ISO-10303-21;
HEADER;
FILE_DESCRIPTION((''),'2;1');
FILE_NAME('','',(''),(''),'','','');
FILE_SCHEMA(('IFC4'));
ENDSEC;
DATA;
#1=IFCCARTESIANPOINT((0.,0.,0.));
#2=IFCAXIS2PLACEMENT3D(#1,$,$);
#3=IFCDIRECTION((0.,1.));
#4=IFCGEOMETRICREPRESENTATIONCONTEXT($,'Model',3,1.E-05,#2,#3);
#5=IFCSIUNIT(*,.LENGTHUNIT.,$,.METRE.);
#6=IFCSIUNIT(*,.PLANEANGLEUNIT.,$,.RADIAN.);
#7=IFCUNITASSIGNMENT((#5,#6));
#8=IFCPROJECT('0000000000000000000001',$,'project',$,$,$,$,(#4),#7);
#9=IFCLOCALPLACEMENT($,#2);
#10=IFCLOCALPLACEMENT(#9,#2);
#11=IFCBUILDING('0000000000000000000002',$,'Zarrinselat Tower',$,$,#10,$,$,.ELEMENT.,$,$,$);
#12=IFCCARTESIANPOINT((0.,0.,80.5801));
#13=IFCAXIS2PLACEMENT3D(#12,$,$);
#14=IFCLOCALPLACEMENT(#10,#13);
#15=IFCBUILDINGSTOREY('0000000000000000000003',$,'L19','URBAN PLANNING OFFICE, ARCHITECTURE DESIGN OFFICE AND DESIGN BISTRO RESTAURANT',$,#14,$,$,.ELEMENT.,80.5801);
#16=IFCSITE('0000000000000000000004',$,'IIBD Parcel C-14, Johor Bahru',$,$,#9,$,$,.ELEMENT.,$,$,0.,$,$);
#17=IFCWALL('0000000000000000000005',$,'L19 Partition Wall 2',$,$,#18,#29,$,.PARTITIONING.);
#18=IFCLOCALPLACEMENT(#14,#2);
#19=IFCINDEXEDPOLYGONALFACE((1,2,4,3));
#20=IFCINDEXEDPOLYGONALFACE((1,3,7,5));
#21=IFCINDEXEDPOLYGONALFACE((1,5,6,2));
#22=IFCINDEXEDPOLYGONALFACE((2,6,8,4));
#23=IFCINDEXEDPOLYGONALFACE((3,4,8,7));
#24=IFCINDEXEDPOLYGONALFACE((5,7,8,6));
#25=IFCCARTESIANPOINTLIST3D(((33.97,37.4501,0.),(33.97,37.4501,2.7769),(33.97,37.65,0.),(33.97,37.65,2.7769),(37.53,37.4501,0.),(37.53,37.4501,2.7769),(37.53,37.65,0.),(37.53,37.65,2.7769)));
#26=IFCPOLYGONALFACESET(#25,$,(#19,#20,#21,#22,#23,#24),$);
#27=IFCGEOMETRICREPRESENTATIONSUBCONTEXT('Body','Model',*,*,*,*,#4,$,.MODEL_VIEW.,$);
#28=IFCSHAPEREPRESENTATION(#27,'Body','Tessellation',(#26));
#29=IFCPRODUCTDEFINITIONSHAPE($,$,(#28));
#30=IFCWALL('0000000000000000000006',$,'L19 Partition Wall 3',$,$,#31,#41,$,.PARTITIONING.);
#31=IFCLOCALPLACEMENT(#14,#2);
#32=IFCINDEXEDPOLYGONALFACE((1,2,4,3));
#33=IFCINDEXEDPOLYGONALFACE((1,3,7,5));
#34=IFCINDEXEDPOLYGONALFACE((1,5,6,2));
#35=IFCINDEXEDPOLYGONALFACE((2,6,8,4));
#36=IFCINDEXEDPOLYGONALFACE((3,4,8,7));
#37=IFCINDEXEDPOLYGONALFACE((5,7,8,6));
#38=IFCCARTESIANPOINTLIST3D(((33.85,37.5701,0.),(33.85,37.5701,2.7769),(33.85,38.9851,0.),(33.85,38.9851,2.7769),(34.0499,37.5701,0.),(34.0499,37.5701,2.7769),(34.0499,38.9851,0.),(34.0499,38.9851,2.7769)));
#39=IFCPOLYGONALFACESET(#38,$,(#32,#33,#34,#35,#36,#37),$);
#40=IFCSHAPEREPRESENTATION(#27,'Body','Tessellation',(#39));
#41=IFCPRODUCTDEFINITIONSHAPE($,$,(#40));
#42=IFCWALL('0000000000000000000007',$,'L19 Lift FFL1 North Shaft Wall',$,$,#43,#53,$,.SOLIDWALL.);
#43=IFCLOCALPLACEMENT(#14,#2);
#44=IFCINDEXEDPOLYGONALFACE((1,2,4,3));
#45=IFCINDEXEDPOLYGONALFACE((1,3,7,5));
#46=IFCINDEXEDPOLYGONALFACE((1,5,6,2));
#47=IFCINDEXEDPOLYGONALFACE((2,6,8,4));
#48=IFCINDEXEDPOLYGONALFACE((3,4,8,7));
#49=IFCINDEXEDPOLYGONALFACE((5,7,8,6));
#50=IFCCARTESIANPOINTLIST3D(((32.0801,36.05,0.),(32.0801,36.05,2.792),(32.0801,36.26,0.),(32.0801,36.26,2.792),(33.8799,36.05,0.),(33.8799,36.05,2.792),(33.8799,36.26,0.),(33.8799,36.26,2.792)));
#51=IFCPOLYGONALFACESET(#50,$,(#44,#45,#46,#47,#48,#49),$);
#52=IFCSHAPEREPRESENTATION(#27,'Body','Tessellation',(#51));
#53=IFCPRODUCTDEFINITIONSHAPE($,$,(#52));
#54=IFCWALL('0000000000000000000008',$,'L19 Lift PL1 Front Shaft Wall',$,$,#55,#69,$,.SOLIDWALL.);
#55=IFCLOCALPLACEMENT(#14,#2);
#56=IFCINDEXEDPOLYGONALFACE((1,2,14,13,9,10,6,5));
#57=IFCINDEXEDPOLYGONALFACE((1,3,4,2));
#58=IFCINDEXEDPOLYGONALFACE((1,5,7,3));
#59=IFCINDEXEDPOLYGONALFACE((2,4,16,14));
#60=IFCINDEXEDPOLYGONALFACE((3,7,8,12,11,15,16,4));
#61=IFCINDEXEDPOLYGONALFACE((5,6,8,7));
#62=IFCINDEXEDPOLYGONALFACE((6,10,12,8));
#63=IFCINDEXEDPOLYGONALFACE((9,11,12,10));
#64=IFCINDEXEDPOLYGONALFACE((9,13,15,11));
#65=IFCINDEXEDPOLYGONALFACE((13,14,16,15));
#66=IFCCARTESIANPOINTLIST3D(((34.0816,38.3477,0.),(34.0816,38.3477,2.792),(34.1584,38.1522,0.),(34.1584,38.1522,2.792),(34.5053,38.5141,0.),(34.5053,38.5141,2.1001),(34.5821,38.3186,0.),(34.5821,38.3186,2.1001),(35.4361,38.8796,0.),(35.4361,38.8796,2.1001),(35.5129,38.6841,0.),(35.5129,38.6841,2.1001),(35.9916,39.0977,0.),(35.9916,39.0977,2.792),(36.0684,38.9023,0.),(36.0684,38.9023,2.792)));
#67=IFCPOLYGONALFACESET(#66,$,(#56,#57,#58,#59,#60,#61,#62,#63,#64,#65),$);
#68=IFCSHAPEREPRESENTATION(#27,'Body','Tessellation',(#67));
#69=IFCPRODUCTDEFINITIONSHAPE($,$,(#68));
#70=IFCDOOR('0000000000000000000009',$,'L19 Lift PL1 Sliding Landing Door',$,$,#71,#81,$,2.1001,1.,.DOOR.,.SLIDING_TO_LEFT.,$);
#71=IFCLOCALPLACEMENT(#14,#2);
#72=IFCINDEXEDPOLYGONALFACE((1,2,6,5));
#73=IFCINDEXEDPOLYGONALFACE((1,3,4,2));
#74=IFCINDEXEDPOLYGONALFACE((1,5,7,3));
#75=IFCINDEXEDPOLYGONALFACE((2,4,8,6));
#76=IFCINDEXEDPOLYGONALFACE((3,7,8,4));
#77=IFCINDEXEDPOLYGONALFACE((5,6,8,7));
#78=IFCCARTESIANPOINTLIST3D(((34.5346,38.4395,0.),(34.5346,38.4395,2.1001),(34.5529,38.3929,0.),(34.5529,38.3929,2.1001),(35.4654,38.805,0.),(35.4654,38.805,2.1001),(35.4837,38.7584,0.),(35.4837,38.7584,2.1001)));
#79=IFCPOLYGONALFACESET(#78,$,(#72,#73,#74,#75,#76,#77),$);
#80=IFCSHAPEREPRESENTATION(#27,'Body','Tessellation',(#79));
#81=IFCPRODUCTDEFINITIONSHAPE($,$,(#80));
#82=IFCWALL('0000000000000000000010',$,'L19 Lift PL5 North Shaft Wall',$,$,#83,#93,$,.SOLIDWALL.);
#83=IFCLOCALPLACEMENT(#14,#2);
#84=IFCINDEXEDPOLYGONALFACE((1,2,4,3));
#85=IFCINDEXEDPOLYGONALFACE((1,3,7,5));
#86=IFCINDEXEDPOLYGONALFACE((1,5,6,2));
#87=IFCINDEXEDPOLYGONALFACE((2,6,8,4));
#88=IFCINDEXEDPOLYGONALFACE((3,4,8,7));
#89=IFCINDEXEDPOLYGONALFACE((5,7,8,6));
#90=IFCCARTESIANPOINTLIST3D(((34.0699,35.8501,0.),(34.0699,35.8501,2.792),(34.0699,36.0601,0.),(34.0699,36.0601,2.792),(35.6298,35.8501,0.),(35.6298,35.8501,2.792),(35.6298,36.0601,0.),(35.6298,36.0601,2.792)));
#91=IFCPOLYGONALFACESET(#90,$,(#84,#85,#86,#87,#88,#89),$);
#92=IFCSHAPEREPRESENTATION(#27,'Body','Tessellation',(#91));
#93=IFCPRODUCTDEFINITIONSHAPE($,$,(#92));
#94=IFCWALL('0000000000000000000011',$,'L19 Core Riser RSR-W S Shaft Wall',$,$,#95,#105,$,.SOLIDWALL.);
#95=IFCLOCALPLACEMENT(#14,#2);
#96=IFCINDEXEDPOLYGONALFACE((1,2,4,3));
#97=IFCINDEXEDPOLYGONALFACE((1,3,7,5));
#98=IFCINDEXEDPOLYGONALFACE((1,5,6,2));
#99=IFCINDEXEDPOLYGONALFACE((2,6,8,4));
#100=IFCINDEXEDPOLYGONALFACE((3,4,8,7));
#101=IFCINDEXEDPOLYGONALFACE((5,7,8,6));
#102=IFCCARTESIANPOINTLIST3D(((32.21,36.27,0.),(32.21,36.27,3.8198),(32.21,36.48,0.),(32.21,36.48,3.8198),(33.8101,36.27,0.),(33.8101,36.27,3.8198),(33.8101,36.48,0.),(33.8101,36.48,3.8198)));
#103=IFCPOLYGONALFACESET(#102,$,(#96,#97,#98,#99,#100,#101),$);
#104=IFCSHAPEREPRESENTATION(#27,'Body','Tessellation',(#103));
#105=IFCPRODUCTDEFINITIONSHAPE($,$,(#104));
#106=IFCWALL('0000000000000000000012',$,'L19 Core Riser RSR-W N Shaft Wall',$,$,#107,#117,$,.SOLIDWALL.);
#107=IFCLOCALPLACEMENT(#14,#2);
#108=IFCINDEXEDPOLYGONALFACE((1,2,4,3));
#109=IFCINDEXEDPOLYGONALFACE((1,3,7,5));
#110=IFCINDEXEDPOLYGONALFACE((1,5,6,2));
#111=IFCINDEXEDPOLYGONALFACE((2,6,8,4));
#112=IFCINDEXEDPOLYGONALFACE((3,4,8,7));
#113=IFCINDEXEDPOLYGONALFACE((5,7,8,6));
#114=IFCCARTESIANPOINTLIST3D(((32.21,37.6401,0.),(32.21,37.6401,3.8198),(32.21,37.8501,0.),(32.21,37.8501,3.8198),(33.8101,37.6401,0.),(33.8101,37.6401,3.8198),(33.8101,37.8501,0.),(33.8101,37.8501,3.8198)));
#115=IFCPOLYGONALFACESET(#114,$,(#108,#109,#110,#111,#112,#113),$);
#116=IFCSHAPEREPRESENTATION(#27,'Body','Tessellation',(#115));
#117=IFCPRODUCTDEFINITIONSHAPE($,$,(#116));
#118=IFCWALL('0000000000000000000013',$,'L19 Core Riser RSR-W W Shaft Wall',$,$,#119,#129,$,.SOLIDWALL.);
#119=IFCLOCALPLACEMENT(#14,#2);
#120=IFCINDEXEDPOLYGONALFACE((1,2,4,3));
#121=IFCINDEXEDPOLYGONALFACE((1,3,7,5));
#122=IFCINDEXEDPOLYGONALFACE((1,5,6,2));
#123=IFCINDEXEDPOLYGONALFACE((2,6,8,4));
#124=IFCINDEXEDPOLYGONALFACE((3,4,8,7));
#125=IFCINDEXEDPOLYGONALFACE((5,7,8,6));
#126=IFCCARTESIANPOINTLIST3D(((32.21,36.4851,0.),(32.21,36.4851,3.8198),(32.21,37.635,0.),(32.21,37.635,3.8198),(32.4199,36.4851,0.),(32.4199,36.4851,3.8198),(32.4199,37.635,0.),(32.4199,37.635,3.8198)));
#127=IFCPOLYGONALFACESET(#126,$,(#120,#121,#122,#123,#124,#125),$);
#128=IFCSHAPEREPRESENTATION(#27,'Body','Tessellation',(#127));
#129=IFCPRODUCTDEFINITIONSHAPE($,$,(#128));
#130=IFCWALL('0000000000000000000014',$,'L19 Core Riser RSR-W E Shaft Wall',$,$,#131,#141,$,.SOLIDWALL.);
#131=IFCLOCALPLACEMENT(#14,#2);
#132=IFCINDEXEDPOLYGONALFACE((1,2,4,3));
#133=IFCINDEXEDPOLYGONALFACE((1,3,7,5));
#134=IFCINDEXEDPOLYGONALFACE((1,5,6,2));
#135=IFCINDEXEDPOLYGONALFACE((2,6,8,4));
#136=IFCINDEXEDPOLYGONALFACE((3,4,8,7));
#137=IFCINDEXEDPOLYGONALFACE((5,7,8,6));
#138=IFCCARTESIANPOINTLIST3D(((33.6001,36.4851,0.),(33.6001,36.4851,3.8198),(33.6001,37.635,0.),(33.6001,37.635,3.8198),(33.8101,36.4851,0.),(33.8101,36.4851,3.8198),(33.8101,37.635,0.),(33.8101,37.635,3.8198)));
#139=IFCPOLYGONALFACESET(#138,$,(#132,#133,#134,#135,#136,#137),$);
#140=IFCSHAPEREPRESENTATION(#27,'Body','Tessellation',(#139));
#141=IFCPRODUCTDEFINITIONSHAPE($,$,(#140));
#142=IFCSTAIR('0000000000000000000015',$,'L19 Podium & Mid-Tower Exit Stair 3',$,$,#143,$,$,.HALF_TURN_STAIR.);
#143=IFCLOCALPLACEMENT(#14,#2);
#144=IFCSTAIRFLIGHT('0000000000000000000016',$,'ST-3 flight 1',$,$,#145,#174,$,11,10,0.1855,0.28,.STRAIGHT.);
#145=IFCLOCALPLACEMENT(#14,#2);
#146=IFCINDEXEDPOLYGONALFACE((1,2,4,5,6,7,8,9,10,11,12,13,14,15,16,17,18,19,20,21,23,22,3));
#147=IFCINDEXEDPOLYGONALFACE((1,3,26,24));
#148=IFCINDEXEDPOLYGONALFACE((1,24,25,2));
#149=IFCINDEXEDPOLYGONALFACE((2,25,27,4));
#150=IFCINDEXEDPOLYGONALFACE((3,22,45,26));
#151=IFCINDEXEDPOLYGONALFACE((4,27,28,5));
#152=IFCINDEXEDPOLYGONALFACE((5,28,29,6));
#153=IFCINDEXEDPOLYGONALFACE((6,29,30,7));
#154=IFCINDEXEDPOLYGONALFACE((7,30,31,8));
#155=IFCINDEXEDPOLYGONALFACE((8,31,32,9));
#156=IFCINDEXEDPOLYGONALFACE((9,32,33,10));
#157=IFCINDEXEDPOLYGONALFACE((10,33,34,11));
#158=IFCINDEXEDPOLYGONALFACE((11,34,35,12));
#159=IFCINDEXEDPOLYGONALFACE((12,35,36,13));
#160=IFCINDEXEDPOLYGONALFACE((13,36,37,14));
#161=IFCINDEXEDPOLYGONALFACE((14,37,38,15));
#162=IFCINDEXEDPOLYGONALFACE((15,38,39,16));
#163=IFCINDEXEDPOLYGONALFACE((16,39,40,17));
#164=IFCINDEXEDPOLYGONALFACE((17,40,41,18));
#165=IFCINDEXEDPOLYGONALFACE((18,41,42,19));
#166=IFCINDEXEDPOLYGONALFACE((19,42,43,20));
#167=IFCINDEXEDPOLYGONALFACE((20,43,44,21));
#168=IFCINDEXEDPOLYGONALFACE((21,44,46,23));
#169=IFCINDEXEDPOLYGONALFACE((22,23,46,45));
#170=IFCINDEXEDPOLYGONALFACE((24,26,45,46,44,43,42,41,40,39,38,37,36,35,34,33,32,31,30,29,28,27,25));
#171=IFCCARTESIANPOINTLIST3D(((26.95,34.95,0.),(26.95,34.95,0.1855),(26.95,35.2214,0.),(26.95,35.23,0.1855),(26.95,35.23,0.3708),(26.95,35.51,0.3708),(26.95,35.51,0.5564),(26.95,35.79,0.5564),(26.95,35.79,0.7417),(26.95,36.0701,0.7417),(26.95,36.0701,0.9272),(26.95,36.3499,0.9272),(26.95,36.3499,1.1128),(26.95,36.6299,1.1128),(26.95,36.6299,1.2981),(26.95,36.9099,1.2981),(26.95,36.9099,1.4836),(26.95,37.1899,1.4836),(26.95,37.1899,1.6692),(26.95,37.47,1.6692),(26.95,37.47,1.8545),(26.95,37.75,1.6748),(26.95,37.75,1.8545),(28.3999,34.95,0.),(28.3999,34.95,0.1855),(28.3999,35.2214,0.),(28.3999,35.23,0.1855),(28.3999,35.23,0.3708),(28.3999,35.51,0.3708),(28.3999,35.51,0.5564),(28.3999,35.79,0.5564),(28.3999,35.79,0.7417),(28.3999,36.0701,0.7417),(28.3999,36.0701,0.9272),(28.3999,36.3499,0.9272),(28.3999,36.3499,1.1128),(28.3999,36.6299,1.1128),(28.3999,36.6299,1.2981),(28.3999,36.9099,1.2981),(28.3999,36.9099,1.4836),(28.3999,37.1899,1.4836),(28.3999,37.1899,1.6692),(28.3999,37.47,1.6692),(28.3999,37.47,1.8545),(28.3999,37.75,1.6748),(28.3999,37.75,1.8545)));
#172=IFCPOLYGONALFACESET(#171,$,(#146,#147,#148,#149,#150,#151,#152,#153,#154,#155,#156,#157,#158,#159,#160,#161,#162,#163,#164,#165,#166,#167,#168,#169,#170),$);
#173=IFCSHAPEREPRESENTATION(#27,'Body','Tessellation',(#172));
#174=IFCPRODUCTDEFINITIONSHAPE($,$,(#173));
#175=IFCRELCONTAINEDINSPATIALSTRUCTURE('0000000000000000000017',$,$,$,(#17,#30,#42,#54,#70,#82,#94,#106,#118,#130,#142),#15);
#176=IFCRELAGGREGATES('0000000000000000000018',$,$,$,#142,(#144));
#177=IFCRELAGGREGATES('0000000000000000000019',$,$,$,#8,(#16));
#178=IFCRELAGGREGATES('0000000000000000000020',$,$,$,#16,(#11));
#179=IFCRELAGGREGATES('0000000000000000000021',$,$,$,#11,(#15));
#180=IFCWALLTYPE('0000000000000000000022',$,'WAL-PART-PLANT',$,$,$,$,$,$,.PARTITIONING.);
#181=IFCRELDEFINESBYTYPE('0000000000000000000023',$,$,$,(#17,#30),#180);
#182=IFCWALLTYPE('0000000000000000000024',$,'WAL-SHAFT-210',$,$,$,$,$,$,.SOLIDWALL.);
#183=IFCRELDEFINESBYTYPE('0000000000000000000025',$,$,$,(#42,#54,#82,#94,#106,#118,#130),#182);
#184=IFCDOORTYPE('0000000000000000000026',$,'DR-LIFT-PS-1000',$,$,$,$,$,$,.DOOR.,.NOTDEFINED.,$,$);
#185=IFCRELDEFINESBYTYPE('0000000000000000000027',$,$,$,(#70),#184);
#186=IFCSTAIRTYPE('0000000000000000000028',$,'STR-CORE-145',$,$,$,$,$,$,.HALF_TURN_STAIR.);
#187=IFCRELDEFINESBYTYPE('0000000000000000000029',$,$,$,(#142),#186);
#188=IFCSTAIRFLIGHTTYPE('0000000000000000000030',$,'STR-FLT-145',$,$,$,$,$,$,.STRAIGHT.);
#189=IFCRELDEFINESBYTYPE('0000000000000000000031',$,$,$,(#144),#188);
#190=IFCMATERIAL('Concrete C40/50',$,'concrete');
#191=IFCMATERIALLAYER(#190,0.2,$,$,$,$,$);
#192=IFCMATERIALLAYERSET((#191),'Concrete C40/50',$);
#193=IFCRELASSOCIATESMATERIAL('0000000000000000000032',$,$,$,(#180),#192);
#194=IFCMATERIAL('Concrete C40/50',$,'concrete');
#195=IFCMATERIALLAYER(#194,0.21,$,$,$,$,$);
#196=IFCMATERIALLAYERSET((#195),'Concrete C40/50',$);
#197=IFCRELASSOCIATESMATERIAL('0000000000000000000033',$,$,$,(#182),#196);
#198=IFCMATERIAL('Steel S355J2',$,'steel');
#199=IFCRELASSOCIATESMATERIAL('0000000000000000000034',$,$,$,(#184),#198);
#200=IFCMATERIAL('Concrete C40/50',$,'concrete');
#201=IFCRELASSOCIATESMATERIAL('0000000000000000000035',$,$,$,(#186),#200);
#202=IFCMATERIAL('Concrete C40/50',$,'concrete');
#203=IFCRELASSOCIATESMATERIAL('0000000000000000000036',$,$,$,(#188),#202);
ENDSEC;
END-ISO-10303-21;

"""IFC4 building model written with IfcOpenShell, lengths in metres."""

from ifc_helpers import new_model, si_unit, direction, frame, frame_2d, origin, place, context, subcontext, project, spatial, polyline, rectangle, outline, extrude, material, layer, layer_set, type_object, element, fill, aggregate, save


model = new_model("IFC4")

# Units and contexts
model_context = context("Model", 3, precision=1e-05, world=origin(), true_north=direction((0.0, 1.0)))
body_context = subcontext(model_context, "Body", "Model", "MODEL_VIEW")
ifc_project = project(units=[si_unit("LENGTHUNIT", "METRE"), si_unit("PLANEANGLEUNIT", "RADIAN")], contexts=[model_context])

# Site, building, storey
site_placement = place(None, origin())
site = spatial("IfcSite", under=ifc_project, at=site_placement, Name="IIBD Parcel C-14, Johor Bahru", CompositionType="ELEMENT", RefElevation=0.0)
building_placement = place(site_placement, origin())
building = spatial("IfcBuilding", under=site, at=building_placement, Name="Zarrinselat Tower", CompositionType="ELEMENT")
storey_placement = place(building_placement, frame((0.0, 0.0, 80.5801)))
storey = spatial("IfcBuildingStorey", under=building, at=storey_placement, Name="L19", Description="URBAN PLANNING OFFICE, ARCHITECTURE DESIGN OFFICE AND DESIGN BISTRO RESTAURANT", CompositionType="ELEMENT", Elevation=80.5801)

# Walls
ifc_material_1 = material(Name="Concrete C40/50", Category="concrete")
ifc_layer_1 = layer(ifc_material_1, 0.2)
ifc_layer_set_1 = layer_set([ifc_layer_1], Name="Concrete C40/50")
wall_type_1 = type_object("IfcWallType", Name="WAL-PART-PLANT", PredefinedType="PARTITIONING", material=ifc_layer_set_1)
wall_1_placement = place(storey_placement, frame((33.97, 37.55, 0.0), z_axis=(0.0, 0.0, 1.0), x_axis=(1.0, 0.0, 0.0)))
element("IfcWall", 1, at=wall_1_placement, inside=storey, type_object=wall_type_1, Name="L19 Partition Wall 2", PredefinedType="PARTITIONING", context=body_context, shape_type="SweptSolid", body=[
    extrude(rectangle(XDim=3.5601, YDim=0.2, at=frame_2d((1.78, 0.0))), origin(), (0.0, 0.0, 1.0), 2.7769),
])
wall_2_placement = place(storey_placement, frame((33.95, 37.5701, 0.0), z_axis=(0.0, 0.0, 1.0), x_axis=(0.0, 1.0, 0.0)))
element("IfcWall", 2, at=wall_2_placement, inside=storey, type_object=wall_type_1, Name="L19 Partition Wall 3", PredefinedType="PARTITIONING", context=body_context, shape_type="SweptSolid", body=[
    extrude(rectangle(XDim=1.415, YDim=0.2, at=frame_2d((0.7075, 0.0))), origin(), (0.0, 0.0, 1.0), 2.7769),
])
ifc_material_2 = material(Name="Concrete C40/50", Category="concrete")
ifc_layer_2 = layer(ifc_material_2, 0.21)
ifc_layer_set_2 = layer_set([ifc_layer_2], Name="Concrete C40/50")
wall_type_2 = type_object("IfcWallType", Name="WAL-SHAFT-210", PredefinedType="SOLIDWALL", material=ifc_layer_set_2)
wall_3_placement = place(storey_placement, frame((32.0801, 36.155, 0.0), z_axis=(0.0, 0.0, 1.0), x_axis=(1.0, 0.0, 0.0)))
element("IfcWall", 3, at=wall_3_placement, inside=storey, type_object=wall_type_2, Name="L19 Lift FFL1 North Shaft Wall", PredefinedType="SOLIDWALL", context=body_context, shape_type="SweptSolid", body=[
    extrude(rectangle(XDim=1.7998, YDim=0.21, at=frame_2d((0.8999, 0.0))), origin(), (0.0, 0.0, 1.0), 2.792),
])

# Wall, opening, door
wall_4_placement = place(storey_placement, frame((34.1201, 38.25, 0.0), z_axis=(0.0, 0.0, 1.0), x_axis=(0.930805, 0.365516, 0.0)))
wall_4 = element("IfcWall", 4, at=wall_4_placement, inside=storey, type_object=wall_type_2, Name="L19 Lift PL1 Front Shaft Wall", PredefinedType="SOLIDWALL", context=body_context, shape_type="SweptSolid", body=[
    extrude(rectangle(XDim=2.052, YDim=0.21, at=frame_2d((1.0259, 0.0))), origin(), (0.0, 0.0, 1.0), 2.792),
])
opening_placement = place(wall_4_placement, frame((0.4551, 0.0, 0.0)))
opening = element("IfcOpeningElement", 5, at=opening_placement, cuts=wall_4, PredefinedType="OPENING", context=body_context, shape_type="SweptSolid", body=[
    extrude(rectangle(XDim=1.0, YDim=2.1001, at=frame_2d((0.5, 1.05))), frame((0.0, 0.115, 0.0), z_axis=(0.0, -1.0, 0.0), x_axis=(1.0, 0.0, 0.0)), (0.0, 0.0, 1.0), 0.23),
])
ifc_material_3 = material(Name="Steel S355J2", Category="steel")
door_type = type_object("IfcDoorType", Name="DR-LIFT-PS-1000", OperationType="NOTDEFINED", PredefinedType="DOOR", material=ifc_material_3)
door_placement = place(opening_placement, origin())
door = element("IfcDoor", 6, at=door_placement, inside=storey, type_object=door_type, Name="L19 Lift PL1 Sliding Landing Door", OperationType="SLIDING_TO_LEFT", OverallHeight=2.1001, OverallWidth=1.0, PredefinedType="DOOR", context=body_context, shape_type="SweptSolid", body=[
    extrude(rectangle(XDim=1.0, YDim=2.1001, at=frame_2d((0.5, 1.05))), frame((0.0, 0.0249, 0.0), z_axis=(0.0, -1.0, 0.0), x_axis=(1.0, 0.0, 0.0)), (0.0, 0.0, 1.0), 0.05),
])
fill(opening, door)

# Walls
wall_5_placement = place(storey_placement, frame((34.0701, 35.9551, 0.0), z_axis=(0.0, 0.0, 1.0), x_axis=(1.0, 0.0, 0.0)))
element("IfcWall", 7, at=wall_5_placement, inside=storey, type_object=wall_type_2, Name="L19 Lift PL5 North Shaft Wall", PredefinedType="SOLIDWALL", context=body_context, shape_type="SweptSolid", body=[
    extrude(rectangle(XDim=1.5598, YDim=0.21, at=frame_2d((0.7798, 0.0))), origin(), (0.0, 0.0, 1.0), 2.792),
])
for number, where, z_axis, x_axis, name in (
    (8, (32.21, 36.375, 0.0), (0.0, 0.0, 1.0), (1.0, 0.0, 0.0), "L19 Core Riser RSR-W S Shaft Wall"),
    (9, (32.21, 37.7451, 0.0), (0.0, 0.0, 1.0), (1.0, 0.0, 0.0), "L19 Core Riser RSR-W N Shaft Wall"),
):
    element("IfcWall", number, at=place(storey_placement, frame(where, z_axis=z_axis, x_axis=x_axis)), inside=storey, type_object=wall_type_2, Name=name, PredefinedType="SOLIDWALL", context=body_context, shape_type="SweptSolid", body=[
        extrude(rectangle(XDim=1.6001, YDim=0.21, at=frame_2d((0.8, 0.0))), origin(), (0.0, 0.0, 1.0), 3.8198),
    ])
for number, where, z_axis, x_axis, name in (
    (10, (32.3149, 36.4851, 0.0), (0.0, 0.0, 1.0), (0.0, 1.0, 0.0), "L19 Core Riser RSR-W W Shaft Wall"),
    (11, (33.7051, 36.4851, 0.0), (0.0, 0.0, 1.0), (0.0, 1.0, 0.0), "L19 Core Riser RSR-W E Shaft Wall"),
):
    element("IfcWall", number, at=place(storey_placement, frame(where, z_axis=z_axis, x_axis=x_axis)), inside=storey, type_object=wall_type_2, Name=name, PredefinedType="SOLIDWALL", context=body_context, shape_type="SweptSolid", body=[
        extrude(rectangle(XDim=1.1499, YDim=0.21, at=frame_2d((0.575, 0.0))), origin(), (0.0, 0.0, 1.0), 3.8198),
    ])

# Stair, stair flight
ifc_material_4 = material(Name="Concrete C40/50", Category="concrete")
stair_type_1 = type_object("IfcStairType", Name="STR-CORE-145", PredefinedType="HALF_TURN_STAIR", material=ifc_material_4)
stair_1_placement = place(storey_placement, origin())
stair_1 = element("IfcStair", 12, at=stair_1_placement, inside=storey, type_object=stair_type_1, Name="L19 Podium & Mid-Tower Exit Stair 3", PredefinedType="HALF_TURN_STAIR")
ifc_material_5 = material(Name="Concrete C40/50", Category="concrete")
stair_flight_type_1 = type_object("IfcStairFlightType", Name="STR-FLT-145", PredefinedType="STRAIGHT", material=ifc_material_5)
stair_flight_1_placement = place(storey_placement, frame((27.675, 34.95, 0.0), z_axis=(0.0, 0.0, 1.0), x_axis=(0.0, 1.0, 0.0)))
stair_flight_1 = element("IfcStairFlight", 13, at=stair_flight_1_placement, type_object=stair_flight_type_1, Name="ST-3 flight 1", NumberOfRisers=11, NumberOfTreads=10, PredefinedType="STRAIGHT", RiserHeight=0.1855, TreadLength=0.28, context=body_context, shape_type="SweptSolid", body=[
    extrude(outline(polyline([(0.0, 0.0), (0.0, 0.1855), (0.28, 0.1855), (0.28, 0.3708), (0.5601, 0.3708), (0.5601, 0.5564), (0.8401, 0.5564), (0.8401, 0.7417), (1.1201, 0.7417), (1.1201, 0.9272), (1.3999, 0.9272), (1.3999, 1.1128), (1.6799, 1.1128), (1.6799, 1.2981), (1.96, 1.2981), (1.96, 1.4836), (2.24, 1.4836), (2.24, 1.6692), (2.52, 1.6692), (2.52, 1.8545), (2.8, 1.8545), (2.8, 2.04), (2.8, 1.6748), (0.2715, 0.0), (0.0, 0.0)])), frame((0.0, 0.7251, 0.0), z_axis=(0.0, -1.0, 0.0), x_axis=(1.0, 0.0, 0.0)), (0.0, 0.0, 1.0), 1.45),
])
aggregate(stair_1, [stair_flight_1])

save(model, "model.ifc")
